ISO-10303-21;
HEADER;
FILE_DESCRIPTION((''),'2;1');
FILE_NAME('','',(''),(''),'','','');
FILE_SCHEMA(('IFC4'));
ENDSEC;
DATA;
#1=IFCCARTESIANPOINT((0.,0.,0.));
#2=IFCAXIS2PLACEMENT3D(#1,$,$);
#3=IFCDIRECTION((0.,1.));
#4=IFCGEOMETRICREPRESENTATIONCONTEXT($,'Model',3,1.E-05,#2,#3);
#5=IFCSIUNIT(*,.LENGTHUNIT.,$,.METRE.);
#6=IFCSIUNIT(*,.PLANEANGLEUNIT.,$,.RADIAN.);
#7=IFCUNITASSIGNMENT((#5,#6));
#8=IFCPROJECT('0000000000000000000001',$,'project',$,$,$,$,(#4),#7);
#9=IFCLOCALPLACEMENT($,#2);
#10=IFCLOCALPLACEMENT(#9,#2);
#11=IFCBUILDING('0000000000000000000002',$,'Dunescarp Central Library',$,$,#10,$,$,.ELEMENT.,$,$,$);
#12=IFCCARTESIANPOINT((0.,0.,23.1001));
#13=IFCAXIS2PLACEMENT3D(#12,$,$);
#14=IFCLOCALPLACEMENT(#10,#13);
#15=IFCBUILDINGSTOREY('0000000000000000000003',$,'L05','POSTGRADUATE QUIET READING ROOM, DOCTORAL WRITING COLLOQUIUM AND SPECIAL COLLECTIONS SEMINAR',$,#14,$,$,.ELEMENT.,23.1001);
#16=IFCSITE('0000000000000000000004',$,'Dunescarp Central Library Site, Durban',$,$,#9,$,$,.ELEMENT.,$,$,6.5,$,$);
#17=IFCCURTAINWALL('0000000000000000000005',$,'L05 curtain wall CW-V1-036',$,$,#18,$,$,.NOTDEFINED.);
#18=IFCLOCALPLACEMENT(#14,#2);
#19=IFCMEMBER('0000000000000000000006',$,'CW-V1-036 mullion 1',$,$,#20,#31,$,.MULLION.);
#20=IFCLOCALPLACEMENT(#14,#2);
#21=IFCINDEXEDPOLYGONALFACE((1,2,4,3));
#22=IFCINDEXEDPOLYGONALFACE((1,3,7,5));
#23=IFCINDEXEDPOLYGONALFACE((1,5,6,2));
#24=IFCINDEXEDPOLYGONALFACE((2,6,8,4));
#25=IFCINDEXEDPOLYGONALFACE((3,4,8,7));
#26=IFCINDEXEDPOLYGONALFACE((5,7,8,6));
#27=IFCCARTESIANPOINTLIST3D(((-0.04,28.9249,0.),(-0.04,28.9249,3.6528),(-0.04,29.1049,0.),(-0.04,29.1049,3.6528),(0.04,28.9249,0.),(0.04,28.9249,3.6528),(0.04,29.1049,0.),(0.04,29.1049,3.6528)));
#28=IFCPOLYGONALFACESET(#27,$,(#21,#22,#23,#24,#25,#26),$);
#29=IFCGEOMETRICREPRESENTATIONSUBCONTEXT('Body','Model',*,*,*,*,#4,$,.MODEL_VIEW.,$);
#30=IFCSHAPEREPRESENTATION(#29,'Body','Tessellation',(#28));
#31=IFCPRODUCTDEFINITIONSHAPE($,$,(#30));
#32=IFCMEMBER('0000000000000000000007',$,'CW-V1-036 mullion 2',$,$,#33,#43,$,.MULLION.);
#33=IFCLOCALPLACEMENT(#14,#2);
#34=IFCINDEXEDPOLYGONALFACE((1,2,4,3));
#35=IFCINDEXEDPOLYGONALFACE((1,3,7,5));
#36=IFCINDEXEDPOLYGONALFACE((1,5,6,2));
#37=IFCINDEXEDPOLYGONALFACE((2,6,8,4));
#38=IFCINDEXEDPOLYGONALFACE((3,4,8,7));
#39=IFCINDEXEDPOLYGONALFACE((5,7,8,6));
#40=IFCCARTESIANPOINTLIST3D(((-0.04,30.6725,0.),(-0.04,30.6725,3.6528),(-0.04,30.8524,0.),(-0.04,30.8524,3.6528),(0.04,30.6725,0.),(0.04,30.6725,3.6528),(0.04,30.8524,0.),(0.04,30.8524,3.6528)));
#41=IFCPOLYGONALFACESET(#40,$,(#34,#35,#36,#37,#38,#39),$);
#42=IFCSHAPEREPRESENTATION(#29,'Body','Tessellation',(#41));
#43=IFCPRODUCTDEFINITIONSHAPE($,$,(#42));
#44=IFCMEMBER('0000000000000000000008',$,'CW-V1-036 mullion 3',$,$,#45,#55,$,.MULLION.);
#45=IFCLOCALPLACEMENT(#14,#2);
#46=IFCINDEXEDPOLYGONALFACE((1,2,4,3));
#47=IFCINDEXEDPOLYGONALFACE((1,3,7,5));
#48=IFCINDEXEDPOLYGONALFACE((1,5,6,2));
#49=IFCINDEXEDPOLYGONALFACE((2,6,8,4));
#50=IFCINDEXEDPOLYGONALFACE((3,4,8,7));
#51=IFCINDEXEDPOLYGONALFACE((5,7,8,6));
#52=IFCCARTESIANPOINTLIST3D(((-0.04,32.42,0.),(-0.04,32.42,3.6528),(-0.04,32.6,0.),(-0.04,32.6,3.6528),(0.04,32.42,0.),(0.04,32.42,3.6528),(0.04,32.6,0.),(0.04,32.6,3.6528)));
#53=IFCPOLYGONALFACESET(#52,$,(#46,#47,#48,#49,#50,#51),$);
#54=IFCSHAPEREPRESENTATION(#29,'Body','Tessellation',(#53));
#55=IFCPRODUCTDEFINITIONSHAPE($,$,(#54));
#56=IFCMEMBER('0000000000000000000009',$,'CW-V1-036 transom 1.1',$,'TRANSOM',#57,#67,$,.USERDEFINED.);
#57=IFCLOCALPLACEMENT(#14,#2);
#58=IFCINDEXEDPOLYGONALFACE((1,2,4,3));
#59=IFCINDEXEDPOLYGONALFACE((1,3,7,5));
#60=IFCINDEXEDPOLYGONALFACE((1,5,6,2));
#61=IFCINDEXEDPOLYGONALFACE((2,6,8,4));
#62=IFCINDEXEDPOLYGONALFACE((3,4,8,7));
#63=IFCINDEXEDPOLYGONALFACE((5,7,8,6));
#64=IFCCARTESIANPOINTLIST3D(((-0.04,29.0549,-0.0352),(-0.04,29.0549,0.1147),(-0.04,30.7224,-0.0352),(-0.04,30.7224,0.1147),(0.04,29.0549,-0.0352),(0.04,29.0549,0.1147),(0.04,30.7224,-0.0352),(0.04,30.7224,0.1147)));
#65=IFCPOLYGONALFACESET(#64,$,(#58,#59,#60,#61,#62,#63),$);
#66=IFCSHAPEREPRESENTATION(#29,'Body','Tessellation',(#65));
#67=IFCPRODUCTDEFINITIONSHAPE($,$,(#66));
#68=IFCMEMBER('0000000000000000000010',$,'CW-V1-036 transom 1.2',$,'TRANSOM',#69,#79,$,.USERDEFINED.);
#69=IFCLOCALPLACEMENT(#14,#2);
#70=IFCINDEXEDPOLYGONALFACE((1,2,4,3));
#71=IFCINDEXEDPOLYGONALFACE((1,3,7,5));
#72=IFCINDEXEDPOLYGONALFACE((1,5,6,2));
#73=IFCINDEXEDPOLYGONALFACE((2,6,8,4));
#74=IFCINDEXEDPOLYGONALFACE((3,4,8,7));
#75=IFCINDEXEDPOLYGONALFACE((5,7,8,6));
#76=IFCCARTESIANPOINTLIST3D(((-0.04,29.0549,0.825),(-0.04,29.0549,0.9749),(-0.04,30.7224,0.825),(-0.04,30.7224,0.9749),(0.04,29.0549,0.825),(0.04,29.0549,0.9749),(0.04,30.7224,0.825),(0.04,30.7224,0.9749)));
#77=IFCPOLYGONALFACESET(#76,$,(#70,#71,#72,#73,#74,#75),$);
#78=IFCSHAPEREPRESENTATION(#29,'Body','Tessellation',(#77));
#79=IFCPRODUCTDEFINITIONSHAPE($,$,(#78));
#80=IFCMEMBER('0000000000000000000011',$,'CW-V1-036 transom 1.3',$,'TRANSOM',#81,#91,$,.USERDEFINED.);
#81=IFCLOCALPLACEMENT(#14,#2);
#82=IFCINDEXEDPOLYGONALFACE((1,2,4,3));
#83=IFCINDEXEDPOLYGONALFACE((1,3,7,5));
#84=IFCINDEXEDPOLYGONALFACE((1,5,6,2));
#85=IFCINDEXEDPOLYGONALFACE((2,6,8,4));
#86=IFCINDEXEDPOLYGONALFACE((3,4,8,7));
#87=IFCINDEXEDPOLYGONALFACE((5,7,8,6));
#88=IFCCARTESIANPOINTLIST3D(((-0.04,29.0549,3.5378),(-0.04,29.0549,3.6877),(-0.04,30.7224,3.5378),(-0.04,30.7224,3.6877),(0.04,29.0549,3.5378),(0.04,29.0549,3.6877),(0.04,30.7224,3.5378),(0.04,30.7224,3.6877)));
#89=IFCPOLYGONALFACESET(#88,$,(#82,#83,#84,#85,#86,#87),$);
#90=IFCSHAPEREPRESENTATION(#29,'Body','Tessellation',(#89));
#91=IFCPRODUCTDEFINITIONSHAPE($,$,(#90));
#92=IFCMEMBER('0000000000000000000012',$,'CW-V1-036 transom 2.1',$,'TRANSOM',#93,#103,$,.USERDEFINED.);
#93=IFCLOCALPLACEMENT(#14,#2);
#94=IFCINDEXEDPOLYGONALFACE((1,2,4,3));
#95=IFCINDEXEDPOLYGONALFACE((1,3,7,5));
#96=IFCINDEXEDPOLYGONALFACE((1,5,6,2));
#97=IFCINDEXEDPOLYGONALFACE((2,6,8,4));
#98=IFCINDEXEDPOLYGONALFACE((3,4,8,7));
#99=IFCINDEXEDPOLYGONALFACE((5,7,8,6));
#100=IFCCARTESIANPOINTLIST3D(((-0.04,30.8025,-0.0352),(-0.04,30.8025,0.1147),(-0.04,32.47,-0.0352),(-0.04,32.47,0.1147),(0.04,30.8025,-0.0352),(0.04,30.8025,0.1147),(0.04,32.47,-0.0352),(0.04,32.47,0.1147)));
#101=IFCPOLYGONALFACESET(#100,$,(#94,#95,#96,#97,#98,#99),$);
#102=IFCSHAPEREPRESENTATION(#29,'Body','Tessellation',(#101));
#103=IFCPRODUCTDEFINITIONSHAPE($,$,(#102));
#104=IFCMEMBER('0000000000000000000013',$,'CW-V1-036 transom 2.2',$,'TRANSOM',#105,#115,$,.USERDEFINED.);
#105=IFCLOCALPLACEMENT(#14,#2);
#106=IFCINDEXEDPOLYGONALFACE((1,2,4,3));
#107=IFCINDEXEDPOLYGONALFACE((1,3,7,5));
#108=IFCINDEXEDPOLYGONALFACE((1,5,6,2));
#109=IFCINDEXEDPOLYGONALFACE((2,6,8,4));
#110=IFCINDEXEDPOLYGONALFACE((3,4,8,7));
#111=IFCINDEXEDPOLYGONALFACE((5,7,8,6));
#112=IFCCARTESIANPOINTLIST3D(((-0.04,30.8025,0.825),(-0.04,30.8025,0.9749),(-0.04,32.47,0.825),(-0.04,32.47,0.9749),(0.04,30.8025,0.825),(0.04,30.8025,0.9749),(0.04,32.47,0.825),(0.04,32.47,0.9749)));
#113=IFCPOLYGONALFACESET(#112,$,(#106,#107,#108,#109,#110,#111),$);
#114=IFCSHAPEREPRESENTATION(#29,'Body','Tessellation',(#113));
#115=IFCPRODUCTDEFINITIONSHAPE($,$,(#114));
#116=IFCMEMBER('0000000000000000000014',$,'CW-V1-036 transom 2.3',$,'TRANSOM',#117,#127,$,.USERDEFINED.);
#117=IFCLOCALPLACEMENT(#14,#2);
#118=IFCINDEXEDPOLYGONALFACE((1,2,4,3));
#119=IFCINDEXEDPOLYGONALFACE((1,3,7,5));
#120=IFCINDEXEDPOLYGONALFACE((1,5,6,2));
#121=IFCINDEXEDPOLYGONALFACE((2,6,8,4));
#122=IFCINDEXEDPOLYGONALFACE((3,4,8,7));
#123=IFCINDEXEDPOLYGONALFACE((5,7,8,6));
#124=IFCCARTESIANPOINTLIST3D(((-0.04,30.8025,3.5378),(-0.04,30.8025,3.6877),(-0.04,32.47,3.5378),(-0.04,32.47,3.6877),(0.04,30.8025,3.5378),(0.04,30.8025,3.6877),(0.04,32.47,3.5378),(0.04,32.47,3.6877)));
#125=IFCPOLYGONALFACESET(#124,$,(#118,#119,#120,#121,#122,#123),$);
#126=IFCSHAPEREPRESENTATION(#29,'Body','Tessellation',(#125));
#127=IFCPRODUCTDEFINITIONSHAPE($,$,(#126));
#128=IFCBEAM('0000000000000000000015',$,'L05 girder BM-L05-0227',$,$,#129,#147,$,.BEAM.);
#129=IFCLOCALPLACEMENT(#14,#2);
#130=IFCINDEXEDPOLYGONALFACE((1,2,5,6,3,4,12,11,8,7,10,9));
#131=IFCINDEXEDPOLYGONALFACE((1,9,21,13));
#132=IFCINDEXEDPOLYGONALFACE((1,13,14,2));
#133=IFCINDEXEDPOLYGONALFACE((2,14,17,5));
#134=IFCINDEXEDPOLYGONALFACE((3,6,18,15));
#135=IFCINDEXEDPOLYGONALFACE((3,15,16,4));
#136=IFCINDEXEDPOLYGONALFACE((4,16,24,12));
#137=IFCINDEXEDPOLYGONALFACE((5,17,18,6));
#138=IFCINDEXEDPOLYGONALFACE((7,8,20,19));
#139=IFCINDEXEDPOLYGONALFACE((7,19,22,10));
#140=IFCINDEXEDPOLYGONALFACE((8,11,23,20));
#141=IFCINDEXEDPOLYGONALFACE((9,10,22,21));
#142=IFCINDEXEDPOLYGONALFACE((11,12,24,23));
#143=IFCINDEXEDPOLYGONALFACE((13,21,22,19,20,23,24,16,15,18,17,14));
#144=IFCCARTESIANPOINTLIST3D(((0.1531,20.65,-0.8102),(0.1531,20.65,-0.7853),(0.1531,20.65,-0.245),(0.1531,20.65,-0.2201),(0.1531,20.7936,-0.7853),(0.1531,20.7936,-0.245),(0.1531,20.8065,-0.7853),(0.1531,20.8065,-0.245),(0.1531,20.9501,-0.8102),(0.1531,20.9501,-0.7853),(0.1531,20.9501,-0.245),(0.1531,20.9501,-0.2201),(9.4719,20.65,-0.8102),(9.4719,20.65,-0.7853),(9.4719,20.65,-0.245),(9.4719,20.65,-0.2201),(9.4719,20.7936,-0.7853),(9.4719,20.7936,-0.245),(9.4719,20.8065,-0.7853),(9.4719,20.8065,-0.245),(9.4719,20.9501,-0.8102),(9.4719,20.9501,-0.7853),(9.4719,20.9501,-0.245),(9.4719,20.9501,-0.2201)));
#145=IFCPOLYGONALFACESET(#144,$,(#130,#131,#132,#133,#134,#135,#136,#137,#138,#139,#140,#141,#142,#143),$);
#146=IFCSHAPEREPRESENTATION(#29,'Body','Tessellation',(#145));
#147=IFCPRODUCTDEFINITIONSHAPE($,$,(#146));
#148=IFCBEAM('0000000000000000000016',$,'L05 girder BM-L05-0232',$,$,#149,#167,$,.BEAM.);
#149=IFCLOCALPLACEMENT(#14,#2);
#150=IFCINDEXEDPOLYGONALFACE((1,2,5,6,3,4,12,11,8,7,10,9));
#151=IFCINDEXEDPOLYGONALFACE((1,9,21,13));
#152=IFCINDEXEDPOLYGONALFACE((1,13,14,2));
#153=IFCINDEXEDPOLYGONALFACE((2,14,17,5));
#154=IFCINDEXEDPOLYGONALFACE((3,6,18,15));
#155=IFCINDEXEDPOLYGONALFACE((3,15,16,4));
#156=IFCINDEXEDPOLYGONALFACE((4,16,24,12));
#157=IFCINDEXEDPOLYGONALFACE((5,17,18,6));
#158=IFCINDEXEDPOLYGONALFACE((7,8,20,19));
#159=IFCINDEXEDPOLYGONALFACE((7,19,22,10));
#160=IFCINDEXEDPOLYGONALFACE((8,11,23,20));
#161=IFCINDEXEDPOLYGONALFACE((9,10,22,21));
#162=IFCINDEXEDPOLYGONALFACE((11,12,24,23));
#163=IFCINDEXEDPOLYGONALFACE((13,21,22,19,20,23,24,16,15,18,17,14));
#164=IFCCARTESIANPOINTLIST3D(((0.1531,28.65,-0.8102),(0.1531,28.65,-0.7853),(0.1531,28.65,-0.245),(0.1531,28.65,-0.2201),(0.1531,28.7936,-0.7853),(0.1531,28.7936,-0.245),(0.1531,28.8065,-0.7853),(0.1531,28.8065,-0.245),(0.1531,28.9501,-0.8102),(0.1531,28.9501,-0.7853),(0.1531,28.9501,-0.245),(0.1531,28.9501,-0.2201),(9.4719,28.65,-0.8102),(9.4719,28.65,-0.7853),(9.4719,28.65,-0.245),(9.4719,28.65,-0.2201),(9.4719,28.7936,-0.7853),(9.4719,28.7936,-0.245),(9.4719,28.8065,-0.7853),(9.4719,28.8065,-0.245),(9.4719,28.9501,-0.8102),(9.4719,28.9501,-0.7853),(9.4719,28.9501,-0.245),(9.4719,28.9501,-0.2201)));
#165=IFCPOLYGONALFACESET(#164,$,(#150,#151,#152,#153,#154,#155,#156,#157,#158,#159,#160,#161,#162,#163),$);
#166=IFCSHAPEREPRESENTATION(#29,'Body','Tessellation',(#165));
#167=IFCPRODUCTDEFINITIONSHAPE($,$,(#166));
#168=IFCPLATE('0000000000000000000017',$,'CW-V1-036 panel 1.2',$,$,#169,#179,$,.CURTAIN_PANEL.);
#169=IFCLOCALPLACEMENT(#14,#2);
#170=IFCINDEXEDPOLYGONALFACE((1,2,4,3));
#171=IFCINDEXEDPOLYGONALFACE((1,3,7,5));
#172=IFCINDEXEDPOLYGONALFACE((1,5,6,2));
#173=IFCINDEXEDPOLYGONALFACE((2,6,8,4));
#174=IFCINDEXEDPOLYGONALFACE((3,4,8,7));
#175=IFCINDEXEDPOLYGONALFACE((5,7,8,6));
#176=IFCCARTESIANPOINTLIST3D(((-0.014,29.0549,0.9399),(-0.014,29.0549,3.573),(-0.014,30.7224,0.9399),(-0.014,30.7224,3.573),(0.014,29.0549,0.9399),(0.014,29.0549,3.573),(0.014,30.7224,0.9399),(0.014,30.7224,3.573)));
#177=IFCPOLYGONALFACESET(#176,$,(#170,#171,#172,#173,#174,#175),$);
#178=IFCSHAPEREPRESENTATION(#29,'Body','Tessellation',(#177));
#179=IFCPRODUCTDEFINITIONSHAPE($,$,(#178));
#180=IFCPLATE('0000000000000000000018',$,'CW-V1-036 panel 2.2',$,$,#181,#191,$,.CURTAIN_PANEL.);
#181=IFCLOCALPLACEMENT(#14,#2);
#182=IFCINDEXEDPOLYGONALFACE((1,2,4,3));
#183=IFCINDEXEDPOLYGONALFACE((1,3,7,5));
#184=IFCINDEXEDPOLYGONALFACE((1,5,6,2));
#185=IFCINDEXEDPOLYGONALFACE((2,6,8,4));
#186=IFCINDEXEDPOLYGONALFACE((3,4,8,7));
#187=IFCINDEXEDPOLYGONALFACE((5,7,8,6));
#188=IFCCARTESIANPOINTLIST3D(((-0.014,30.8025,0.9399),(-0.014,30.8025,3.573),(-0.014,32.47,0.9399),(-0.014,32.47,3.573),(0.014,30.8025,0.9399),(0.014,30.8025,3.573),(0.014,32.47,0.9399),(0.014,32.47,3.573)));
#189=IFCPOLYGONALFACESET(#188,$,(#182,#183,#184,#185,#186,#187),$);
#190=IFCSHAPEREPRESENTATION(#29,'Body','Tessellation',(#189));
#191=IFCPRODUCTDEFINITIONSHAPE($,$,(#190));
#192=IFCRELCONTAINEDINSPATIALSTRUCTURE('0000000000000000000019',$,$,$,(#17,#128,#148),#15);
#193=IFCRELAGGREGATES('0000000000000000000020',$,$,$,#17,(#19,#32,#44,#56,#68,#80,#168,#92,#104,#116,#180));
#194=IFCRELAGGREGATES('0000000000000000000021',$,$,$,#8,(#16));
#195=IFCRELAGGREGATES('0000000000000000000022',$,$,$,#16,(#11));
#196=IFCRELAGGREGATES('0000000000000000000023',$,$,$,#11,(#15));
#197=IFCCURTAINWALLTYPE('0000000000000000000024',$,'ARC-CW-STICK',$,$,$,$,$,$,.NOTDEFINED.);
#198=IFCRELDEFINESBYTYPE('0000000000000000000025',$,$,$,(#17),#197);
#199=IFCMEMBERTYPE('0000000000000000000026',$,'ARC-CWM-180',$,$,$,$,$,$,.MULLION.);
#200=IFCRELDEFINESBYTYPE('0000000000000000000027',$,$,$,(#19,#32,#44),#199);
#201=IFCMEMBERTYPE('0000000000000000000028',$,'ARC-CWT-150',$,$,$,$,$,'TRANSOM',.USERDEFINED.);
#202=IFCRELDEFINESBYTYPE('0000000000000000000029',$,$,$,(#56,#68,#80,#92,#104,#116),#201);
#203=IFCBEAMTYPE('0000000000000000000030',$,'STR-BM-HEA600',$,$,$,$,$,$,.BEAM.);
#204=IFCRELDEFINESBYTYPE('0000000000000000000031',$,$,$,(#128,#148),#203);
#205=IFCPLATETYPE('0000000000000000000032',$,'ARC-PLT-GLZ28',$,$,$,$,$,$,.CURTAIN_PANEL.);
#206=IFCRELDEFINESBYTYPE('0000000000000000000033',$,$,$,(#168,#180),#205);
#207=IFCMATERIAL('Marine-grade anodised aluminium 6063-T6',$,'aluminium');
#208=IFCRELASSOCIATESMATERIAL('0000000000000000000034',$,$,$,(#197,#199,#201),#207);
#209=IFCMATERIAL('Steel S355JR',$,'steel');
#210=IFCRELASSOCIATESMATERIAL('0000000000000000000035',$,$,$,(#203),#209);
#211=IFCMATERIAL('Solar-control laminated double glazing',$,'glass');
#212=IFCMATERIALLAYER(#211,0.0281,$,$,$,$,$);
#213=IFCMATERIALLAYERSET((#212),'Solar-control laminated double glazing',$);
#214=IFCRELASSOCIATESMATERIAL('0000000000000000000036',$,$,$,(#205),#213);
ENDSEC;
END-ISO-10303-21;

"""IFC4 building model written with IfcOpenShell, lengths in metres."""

from ifc_helpers import new_model, si_unit, direction, frame, origin, origin_2d, place, context, subcontext, project, spatial, rectangle, i_section, extrude, material, layer, layer_set, material_profile, profile_set, type_object, element, aggregate, save


model = new_model("IFC4")

# Units and contexts
model_context = context("Model", 3, precision=1e-05, world=origin(), true_north=direction((0.0, 1.0)))
body_context = subcontext(model_context, "Body", "Model", "MODEL_VIEW")
ifc_project = project(units=[si_unit("LENGTHUNIT", "METRE"), si_unit("PLANEANGLEUNIT", "RADIAN")], contexts=[model_context])

# Site, building, storey
site_placement = place(None, origin())
site = spatial("IfcSite", under=ifc_project, at=site_placement, Name="Dunescarp Central Library Site, Durban", CompositionType="ELEMENT", RefElevation=6.5)
building_placement = place(site_placement, origin())
building = spatial("IfcBuilding", under=site, at=building_placement, Name="Dunescarp Central Library", CompositionType="ELEMENT")
storey_placement = place(building_placement, frame((0.0, 0.0, 23.1001)))
storey = spatial("IfcBuildingStorey", under=building, at=storey_placement, Name="L05", Description="POSTGRADUATE QUIET READING ROOM, DOCTORAL WRITING COLLOQUIUM AND SPECIAL COLLECTIONS SEMINAR", CompositionType="ELEMENT", Elevation=23.1001)

# Curtain wall, members
ifc_material_1 = material(Name="Marine-grade anodised aluminium 6063-T6", Category="aluminium")
curtain_wall_type = type_object("IfcCurtainWallType", Name="ARC-CW-STICK", PredefinedType="NOTDEFINED", material=ifc_material_1)
curtain_wall_placement = place(storey_placement, origin())
curtain_wall = element("IfcCurtainWall", 1, at=curtain_wall_placement, inside=storey, type_object=curtain_wall_type, Name="L05 curtain wall CW-V1-036", PredefinedType="NOTDEFINED")
ifc_material_profile_1 = material_profile(ifc_material_1, rectangle(XDim=0.0801, YDim=0.1799, at=origin_2d()), Name="AL 80x180")
ifc_profile_set_1 = profile_set([ifc_material_profile_1], Name="Marine-grade anodised aluminium 6063-T6")
member_type_1 = type_object("IfcMemberType", Name="ARC-CWM-180", PredefinedType="MULLION", material=ifc_profile_set_1)
member_1_placement = place(storey_placement, frame((0.0, 29.0149, 0.0), z_axis=(0.0, 0.0, 1.0), x_axis=(-1.0, 0.0, 0.0)))
member_1 = element("IfcMember", 2, at=member_1_placement, type_object=member_type_1, Name="CW-V1-036 mullion 1", PredefinedType="MULLION", context=body_context, shape_type="SweptSolid", body=[
    extrude(rectangle(XDim=0.0801, YDim=0.1799, at=origin_2d()), origin(), (0.0, 0.0, 1.0), 3.6528),
])
member_2_placement = place(storey_placement, frame((0.0, 30.7625, 0.0), z_axis=(0.0, 0.0, 1.0), x_axis=(-1.0, 0.0, 0.0)))
member_2 = element("IfcMember", 3, at=member_2_placement, type_object=member_type_1, Name="CW-V1-036 mullion 2", PredefinedType="MULLION", context=body_context, shape_type="SweptSolid", body=[
    extrude(rectangle(XDim=0.0801, YDim=0.1799, at=origin_2d()), origin(), (0.0, 0.0, 1.0), 3.6528),
])
member_3_placement = place(storey_placement, frame((0.0, 32.51, 0.0), z_axis=(0.0, 0.0, 1.0), x_axis=(-1.0, 0.0, 0.0)))
member_3 = element("IfcMember", 4, at=member_3_placement, type_object=member_type_1, Name="CW-V1-036 mullion 3", PredefinedType="MULLION", context=body_context, shape_type="SweptSolid", body=[
    extrude(rectangle(XDim=0.0801, YDim=0.1799, at=origin_2d()), origin(), (0.0, 0.0, 1.0), 3.6528),
])
ifc_material_profile_2 = material_profile(ifc_material_1, rectangle(XDim=0.0801, YDim=0.1499, at=origin_2d()), Name="AL 80x150")
ifc_profile_set_2 = profile_set([ifc_material_profile_2], Name="Marine-grade anodised aluminium 6063-T6")
member_type_2 = type_object("IfcMemberType", Name="ARC-CWT-150", ElementType="TRANSOM", PredefinedType="USERDEFINED", material=ifc_profile_set_2)
member_4_placement = place(storey_placement, frame((0.0, 29.0549, 0.0398), z_axis=(0.0, 1.0, 0.0), x_axis=(-1.0, 0.0, 0.0)))
member_4 = element("IfcMember", 5, at=member_4_placement, type_object=member_type_2, Name="CW-V1-036 transom 1.1", ObjectType="TRANSOM", PredefinedType="USERDEFINED", context=body_context, shape_type="SweptSolid", body=[
    extrude(rectangle(XDim=0.0801, YDim=0.1499, at=origin_2d()), origin(), (0.0, 0.0, 1.0), 1.6675),
])
member_5_placement = place(storey_placement, frame((0.0, 29.0549, 0.8999), z_axis=(0.0, 1.0, 0.0), x_axis=(-1.0, 0.0, 0.0)))
member_5 = element("IfcMember", 6, at=member_5_placement, type_object=member_type_2, Name="CW-V1-036 transom 1.2", ObjectType="TRANSOM", PredefinedType="USERDEFINED", context=body_context, shape_type="SweptSolid", body=[
    extrude(rectangle(XDim=0.0801, YDim=0.1499, at=origin_2d()), origin(), (0.0, 0.0, 1.0), 1.6675),
])
member_6_placement = place(storey_placement, frame((0.0, 29.0549, 3.6128), z_axis=(0.0, 1.0, 0.0), x_axis=(-1.0, 0.0, 0.0)))
member_6 = element("IfcMember", 7, at=member_6_placement, type_object=member_type_2, Name="CW-V1-036 transom 1.3", ObjectType="TRANSOM", PredefinedType="USERDEFINED", context=body_context, shape_type="SweptSolid", body=[
    extrude(rectangle(XDim=0.0801, YDim=0.1499, at=origin_2d()), origin(), (0.0, 0.0, 1.0), 1.6675),
])
member_7_placement = place(storey_placement, frame((0.0, 30.8025, 0.0398), z_axis=(0.0, 1.0, 0.0), x_axis=(-1.0, 0.0, 0.0)))
member_7 = element("IfcMember", 8, at=member_7_placement, type_object=member_type_2, Name="CW-V1-036 transom 2.1", ObjectType="TRANSOM", PredefinedType="USERDEFINED", context=body_context, shape_type="SweptSolid", body=[
    extrude(rectangle(XDim=0.0801, YDim=0.1499, at=origin_2d()), origin(), (0.0, 0.0, 1.0), 1.6675),
])
member_8_placement = place(storey_placement, frame((0.0, 30.8025, 0.8999), z_axis=(0.0, 1.0, 0.0), x_axis=(-1.0, 0.0, 0.0)))
member_8 = element("IfcMember", 9, at=member_8_placement, type_object=member_type_2, Name="CW-V1-036 transom 2.2", ObjectType="TRANSOM", PredefinedType="USERDEFINED", context=body_context, shape_type="SweptSolid", body=[
    extrude(rectangle(XDim=0.0801, YDim=0.1499, at=origin_2d()), origin(), (0.0, 0.0, 1.0), 1.6675),
])
member_9_placement = place(storey_placement, frame((0.0, 30.8025, 3.6128), z_axis=(0.0, 1.0, 0.0), x_axis=(-1.0, 0.0, 0.0)))
member_9 = element("IfcMember", 10, at=member_9_placement, type_object=member_type_2, Name="CW-V1-036 transom 2.3", ObjectType="TRANSOM", PredefinedType="USERDEFINED", context=body_context, shape_type="SweptSolid", body=[
    extrude(rectangle(XDim=0.0801, YDim=0.1499, at=origin_2d()), origin(), (0.0, 0.0, 1.0), 1.6675),
])

# Beams
ifc_material_2 = material(Name="Steel S355JR", Category="steel")
ifc_material_profile_3 = material_profile(ifc_material_2, i_section(OverallWidth=0.3, OverallDepth=0.5901, WebThickness=0.0129, FlangeThickness=0.0249, at=origin_2d()), Name="HEA 600")
ifc_profile_set_3 = profile_set([ifc_material_profile_3], Name="Steel S355JR")
beam_type = type_object("IfcBeamType", Name="STR-BM-HEA600", PredefinedType="BEAM", material=ifc_profile_set_3)
for number, where, z_axis, x_axis, name in (
    (11, (0.1531, 20.8, -0.5151), (1.0, 0.0, 0.0), (0.0, 1.0, 0.0), "L05 girder BM-L05-0227"),
    (12, (0.1531, 28.8, -0.5151), (1.0, 0.0, 0.0), (0.0, 1.0, 0.0), "L05 girder BM-L05-0232"),
):
    element("IfcBeam", number, at=place(storey_placement, frame(where, z_axis=z_axis, x_axis=x_axis)), inside=storey, type_object=beam_type, Name=name, PredefinedType="BEAM", context=body_context, shape_type="SweptSolid", body=[
        extrude(i_section(OverallWidth=0.3, OverallDepth=0.5901, WebThickness=0.0129, FlangeThickness=0.0249, at=origin_2d()), origin(), (0.0, 0.0, 1.0), 9.3188),
    ])

# Plates
ifc_material_3 = material(Name="Solar-control laminated double glazing", Category="glass")
ifc_layer_1 = layer(ifc_material_3, 0.0281)
ifc_layer_set_1 = layer_set([ifc_layer_1], Name="Solar-control laminated double glazing")
plate_type_1 = type_object("IfcPlateType", Name="ARC-PLT-GLZ28", PredefinedType="CURTAIN_PANEL", material=ifc_layer_set_1)
plate_1_placement = place(storey_placement, frame((0.0, 29.8887, 0.9399), z_axis=(0.0, 0.0, 1.0), x_axis=(0.0, 1.0, 0.0)))
plate_1 = element("IfcPlate", 13, at=plate_1_placement, type_object=plate_type_1, Name="CW-V1-036 panel 1.2", PredefinedType="CURTAIN_PANEL", context=body_context, shape_type="SweptSolid", body=[
    extrude(rectangle(XDim=1.6675, YDim=0.0281, at=origin_2d()), origin(), (0.0, 0.0, 1.0), 2.6331),
])
plate_2_placement = place(storey_placement, frame((0.0, 31.6362, 0.9399), z_axis=(0.0, 0.0, 1.0), x_axis=(0.0, 1.0, 0.0)))
plate_2 = element("IfcPlate", 14, at=plate_2_placement, type_object=plate_type_1, Name="CW-V1-036 panel 2.2", PredefinedType="CURTAIN_PANEL", context=body_context, shape_type="SweptSolid", body=[
    extrude(rectangle(XDim=1.6675, YDim=0.0281, at=origin_2d()), origin(), (0.0, 0.0, 1.0), 2.6331),
])
aggregate(curtain_wall, [member_1, member_2, member_3, member_4, member_5, member_6, plate_1, member_7, member_8, member_9, plate_2])

save(model, "model.ifc")
